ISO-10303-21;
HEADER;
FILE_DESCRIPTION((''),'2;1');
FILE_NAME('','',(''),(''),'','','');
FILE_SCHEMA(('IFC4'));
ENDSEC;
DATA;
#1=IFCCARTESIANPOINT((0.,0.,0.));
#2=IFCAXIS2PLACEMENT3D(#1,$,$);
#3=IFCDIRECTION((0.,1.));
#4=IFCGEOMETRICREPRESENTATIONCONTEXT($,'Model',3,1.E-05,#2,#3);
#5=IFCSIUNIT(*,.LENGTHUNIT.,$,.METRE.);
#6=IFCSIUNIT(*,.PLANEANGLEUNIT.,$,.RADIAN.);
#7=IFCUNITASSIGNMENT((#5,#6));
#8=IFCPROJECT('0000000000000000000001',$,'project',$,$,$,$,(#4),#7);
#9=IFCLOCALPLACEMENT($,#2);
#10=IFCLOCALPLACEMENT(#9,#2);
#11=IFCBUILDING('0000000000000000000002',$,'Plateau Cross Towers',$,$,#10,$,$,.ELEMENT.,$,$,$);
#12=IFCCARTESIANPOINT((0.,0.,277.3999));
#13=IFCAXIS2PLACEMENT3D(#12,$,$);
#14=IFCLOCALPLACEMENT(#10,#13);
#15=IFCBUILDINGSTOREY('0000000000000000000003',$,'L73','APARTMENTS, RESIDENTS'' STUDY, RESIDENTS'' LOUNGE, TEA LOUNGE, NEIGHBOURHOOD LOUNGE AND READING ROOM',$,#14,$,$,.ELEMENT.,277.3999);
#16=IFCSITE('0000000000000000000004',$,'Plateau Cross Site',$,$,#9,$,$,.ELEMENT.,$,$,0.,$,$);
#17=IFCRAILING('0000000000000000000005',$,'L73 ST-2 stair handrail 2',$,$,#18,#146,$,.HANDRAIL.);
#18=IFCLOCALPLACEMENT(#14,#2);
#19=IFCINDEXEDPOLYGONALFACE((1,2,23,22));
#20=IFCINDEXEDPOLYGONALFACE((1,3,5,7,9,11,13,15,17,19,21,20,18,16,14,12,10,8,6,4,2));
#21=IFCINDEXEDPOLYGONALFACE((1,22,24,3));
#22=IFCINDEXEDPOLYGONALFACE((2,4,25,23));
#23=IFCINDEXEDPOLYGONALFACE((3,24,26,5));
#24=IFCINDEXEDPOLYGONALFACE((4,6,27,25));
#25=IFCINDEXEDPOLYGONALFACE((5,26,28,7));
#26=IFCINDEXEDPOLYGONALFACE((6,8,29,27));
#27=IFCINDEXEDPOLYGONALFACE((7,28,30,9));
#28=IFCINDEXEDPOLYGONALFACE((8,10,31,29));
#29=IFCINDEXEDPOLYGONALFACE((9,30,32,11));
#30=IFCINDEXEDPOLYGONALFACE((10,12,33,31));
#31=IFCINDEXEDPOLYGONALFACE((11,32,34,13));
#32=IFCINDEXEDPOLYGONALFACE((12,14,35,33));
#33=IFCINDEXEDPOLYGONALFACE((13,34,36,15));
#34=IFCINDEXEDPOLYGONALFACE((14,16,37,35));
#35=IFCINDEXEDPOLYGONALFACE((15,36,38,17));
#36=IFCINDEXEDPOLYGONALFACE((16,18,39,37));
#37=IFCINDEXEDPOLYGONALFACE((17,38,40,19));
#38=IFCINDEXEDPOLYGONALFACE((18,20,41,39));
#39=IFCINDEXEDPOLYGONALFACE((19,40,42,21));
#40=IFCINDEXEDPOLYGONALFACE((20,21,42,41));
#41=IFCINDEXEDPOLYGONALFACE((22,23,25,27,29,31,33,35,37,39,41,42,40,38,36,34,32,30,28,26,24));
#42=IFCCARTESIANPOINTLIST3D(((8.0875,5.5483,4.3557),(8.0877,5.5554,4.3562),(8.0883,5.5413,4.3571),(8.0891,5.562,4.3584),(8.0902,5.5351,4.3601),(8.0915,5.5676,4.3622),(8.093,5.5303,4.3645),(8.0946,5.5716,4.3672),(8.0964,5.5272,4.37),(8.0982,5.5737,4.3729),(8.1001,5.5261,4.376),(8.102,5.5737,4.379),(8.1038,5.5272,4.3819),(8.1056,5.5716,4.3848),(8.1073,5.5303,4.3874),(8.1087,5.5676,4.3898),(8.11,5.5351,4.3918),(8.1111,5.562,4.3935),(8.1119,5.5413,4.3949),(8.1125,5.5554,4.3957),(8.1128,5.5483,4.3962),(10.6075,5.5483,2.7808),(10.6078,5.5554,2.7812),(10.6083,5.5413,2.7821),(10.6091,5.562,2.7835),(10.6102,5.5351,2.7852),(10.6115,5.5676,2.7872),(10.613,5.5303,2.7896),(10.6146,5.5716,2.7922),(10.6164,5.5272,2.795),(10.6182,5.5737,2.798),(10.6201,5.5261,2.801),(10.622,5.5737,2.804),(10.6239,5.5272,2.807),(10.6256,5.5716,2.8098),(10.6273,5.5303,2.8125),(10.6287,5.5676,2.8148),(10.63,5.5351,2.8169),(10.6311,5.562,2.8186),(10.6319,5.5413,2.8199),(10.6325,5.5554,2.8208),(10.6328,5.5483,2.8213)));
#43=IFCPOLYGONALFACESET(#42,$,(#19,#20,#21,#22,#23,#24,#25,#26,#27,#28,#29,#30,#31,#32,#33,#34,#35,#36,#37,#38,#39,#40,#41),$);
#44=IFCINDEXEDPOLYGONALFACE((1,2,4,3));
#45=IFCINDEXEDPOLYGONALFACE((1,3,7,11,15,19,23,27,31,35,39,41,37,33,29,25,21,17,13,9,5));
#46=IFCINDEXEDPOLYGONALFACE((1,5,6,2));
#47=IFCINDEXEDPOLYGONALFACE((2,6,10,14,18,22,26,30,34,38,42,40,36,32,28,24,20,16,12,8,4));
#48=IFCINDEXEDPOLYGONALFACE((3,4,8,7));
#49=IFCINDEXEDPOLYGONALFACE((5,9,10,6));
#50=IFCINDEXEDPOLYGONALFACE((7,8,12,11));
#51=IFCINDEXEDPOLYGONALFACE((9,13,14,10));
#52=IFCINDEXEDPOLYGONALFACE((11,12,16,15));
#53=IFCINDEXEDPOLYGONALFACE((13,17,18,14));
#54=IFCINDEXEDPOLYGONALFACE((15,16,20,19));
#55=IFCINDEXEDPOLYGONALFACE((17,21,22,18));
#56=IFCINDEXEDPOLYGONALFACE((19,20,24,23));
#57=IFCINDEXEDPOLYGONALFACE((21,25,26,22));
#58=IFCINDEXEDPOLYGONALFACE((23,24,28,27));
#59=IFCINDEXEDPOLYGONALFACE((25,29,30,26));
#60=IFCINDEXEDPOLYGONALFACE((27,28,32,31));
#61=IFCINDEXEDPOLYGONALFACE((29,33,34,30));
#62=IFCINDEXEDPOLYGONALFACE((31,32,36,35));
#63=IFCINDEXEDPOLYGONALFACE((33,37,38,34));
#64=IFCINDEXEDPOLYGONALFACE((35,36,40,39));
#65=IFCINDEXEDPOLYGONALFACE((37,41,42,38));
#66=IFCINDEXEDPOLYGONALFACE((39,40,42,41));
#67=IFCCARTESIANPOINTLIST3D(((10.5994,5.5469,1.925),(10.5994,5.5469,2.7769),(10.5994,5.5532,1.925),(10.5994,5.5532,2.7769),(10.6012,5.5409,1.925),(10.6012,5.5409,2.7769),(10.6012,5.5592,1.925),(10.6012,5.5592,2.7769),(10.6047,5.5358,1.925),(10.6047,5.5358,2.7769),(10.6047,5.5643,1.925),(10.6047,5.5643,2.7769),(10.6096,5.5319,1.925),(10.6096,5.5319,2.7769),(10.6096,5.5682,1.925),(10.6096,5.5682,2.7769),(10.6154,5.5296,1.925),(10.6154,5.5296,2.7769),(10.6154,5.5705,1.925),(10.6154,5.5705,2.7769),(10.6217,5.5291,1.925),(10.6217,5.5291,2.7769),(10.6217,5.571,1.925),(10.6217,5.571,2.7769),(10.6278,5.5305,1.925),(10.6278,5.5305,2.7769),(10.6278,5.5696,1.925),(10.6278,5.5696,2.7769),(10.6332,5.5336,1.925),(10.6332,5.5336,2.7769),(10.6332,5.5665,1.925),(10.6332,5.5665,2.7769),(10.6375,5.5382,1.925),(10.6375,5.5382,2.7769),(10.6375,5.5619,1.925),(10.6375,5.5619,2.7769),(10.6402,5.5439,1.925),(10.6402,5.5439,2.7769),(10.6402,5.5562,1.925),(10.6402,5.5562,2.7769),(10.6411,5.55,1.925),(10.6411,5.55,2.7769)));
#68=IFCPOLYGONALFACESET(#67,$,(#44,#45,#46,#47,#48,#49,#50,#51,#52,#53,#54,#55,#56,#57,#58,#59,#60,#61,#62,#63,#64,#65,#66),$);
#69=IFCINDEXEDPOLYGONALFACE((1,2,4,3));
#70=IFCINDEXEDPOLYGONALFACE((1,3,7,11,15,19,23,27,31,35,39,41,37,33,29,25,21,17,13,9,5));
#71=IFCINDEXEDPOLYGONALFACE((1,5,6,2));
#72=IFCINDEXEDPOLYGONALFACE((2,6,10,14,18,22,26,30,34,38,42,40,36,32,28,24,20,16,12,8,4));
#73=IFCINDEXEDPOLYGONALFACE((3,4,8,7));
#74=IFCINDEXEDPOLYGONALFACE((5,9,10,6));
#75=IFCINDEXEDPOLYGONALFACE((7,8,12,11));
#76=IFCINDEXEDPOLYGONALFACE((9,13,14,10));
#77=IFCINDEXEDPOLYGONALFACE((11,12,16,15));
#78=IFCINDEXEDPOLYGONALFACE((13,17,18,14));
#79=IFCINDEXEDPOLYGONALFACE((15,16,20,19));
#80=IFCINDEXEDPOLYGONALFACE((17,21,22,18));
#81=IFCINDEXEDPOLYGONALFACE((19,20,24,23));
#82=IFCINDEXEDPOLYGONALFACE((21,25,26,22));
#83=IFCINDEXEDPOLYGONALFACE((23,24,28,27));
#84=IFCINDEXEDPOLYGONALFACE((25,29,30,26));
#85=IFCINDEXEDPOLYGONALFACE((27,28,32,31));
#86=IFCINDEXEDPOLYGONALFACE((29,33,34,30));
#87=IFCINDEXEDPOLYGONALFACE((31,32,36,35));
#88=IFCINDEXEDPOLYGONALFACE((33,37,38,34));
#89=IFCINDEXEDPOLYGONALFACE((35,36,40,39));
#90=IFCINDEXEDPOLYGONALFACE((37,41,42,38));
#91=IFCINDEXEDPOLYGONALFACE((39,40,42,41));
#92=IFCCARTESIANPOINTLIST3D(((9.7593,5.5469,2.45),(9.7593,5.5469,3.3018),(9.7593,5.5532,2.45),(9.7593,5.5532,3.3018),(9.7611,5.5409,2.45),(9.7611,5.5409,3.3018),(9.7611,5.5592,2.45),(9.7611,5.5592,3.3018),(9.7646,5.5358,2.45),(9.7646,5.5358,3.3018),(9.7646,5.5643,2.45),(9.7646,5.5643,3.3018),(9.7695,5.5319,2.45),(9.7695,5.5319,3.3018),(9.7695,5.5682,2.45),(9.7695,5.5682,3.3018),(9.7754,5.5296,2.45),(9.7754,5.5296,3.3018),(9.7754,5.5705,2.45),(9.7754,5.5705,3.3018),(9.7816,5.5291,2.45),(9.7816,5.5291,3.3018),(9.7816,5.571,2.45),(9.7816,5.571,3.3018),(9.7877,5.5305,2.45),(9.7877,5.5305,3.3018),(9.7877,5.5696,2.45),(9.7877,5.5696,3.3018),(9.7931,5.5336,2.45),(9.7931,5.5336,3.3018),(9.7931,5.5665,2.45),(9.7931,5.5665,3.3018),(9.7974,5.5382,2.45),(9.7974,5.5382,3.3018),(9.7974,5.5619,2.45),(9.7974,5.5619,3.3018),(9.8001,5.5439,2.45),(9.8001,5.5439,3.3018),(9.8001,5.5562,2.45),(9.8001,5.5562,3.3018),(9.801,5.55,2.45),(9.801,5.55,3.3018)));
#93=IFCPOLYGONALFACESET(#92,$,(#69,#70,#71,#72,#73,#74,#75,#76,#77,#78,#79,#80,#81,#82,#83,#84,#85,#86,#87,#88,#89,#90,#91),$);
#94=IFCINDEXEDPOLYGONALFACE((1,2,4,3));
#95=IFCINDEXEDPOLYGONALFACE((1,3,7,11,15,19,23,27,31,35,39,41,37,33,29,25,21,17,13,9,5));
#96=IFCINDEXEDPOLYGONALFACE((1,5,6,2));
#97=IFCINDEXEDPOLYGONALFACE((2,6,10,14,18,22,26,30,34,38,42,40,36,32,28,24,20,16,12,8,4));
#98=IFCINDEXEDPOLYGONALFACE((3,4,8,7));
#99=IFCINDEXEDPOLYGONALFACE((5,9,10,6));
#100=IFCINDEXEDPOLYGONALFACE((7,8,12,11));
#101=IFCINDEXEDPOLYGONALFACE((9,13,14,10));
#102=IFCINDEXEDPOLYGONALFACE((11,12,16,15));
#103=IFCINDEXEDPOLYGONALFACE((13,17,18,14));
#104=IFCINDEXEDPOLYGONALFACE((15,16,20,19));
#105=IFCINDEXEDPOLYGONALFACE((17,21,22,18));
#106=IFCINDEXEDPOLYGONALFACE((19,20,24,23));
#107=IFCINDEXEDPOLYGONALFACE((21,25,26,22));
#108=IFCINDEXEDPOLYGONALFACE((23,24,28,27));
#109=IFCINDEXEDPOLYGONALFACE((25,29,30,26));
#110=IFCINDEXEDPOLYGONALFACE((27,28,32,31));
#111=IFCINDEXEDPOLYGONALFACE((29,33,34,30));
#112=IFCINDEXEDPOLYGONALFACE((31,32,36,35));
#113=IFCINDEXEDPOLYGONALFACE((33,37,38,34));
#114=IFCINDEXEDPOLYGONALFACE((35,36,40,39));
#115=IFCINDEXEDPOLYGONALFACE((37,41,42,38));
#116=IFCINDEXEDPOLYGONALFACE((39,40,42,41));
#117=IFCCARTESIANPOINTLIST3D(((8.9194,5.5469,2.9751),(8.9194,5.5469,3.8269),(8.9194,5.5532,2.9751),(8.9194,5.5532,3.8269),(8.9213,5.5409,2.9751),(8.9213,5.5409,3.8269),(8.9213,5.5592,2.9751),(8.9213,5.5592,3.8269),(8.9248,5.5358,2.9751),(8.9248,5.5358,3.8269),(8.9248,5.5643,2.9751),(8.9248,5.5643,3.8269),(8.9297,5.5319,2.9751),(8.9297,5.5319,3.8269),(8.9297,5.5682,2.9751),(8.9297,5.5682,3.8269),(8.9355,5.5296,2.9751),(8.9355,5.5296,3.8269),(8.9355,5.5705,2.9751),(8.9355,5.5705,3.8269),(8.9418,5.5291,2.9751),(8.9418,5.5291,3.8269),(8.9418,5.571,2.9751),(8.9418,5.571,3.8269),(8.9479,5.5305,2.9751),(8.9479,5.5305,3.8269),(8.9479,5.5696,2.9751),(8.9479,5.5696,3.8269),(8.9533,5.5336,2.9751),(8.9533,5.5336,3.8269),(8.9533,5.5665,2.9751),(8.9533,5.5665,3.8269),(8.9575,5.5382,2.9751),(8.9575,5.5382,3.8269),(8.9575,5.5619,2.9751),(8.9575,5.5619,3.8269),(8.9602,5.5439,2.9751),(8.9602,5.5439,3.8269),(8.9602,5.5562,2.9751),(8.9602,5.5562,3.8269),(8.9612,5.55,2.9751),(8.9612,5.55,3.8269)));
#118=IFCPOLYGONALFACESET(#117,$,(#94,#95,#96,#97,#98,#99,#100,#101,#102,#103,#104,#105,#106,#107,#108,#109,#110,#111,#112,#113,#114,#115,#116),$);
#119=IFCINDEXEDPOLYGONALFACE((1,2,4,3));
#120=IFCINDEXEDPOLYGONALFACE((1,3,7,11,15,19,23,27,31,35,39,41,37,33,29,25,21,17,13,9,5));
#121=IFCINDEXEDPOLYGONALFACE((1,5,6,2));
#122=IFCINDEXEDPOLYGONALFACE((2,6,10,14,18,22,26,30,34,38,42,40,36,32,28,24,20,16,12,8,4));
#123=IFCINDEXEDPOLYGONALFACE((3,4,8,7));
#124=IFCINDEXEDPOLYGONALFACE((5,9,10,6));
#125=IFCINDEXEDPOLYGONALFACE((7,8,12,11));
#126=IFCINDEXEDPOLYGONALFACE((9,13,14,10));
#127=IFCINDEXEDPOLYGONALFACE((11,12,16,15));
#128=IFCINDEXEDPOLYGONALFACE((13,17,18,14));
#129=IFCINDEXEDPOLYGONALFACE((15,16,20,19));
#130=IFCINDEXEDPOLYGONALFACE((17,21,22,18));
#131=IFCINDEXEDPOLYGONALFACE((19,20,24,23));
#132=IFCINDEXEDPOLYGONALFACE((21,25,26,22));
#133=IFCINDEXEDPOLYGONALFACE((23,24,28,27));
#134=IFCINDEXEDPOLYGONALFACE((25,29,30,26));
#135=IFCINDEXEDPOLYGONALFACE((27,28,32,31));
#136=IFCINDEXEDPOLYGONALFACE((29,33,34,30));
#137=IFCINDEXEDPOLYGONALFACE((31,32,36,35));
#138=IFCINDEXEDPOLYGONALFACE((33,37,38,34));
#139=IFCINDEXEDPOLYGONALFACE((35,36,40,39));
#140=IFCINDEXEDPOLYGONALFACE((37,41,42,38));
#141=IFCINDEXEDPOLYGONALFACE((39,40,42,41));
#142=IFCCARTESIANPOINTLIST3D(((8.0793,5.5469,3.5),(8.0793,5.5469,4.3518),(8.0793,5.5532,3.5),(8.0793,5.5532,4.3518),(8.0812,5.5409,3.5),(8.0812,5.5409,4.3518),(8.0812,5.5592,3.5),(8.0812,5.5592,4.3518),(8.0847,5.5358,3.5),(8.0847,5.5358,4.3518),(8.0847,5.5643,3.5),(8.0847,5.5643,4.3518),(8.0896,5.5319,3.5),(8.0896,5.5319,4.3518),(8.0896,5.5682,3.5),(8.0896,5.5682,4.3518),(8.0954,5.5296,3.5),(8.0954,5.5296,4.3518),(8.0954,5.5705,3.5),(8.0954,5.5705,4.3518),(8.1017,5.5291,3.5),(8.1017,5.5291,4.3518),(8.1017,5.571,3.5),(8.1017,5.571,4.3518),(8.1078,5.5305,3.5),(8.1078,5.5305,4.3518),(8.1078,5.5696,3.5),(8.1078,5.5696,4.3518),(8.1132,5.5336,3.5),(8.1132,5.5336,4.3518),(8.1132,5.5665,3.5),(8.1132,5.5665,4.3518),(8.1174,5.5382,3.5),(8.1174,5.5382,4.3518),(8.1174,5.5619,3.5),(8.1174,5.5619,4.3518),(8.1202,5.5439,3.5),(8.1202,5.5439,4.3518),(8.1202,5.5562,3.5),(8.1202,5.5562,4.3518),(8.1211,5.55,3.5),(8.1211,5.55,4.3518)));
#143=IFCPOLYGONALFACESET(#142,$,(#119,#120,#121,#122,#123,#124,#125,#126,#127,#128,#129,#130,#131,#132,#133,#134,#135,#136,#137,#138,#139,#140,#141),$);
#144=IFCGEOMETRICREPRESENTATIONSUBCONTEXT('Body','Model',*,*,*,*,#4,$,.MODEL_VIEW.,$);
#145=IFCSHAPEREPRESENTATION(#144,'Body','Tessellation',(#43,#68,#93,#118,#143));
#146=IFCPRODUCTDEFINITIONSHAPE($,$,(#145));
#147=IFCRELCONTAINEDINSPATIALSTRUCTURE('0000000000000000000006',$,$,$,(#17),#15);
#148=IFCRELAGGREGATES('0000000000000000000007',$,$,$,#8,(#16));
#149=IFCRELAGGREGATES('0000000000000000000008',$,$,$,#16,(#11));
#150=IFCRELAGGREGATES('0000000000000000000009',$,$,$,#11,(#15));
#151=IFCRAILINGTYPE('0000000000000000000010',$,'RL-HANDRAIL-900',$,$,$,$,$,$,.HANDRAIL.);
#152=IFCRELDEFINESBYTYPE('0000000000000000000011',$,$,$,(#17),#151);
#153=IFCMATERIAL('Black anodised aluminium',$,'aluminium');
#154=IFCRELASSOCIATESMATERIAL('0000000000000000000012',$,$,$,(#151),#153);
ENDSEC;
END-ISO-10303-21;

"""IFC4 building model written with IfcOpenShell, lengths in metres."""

from ifc_helpers import new_model, si_unit, direction, frame, origin, origin_2d, place, context, subcontext, project, spatial, circle, extrude, material, type_object, element, save


model = new_model("IFC4")

# Units and contexts
model_context = context("Model", 3, precision=1e-05, world=origin(), true_north=direction((0.0, 1.0)))
body_context = subcontext(model_context, "Body", "Model", "MODEL_VIEW")
ifc_project = project(units=[si_unit("LENGTHUNIT", "METRE"), si_unit("PLANEANGLEUNIT", "RADIAN")], contexts=[model_context])

# Site, building, storey
site_placement = place(None, origin())
site = spatial("IfcSite", under=ifc_project, at=site_placement, Name="Plateau Cross Site", CompositionType="ELEMENT", RefElevation=0.0)
building_placement = place(site_placement, origin())
building = spatial("IfcBuilding", under=site, at=building_placement, Name="Plateau Cross Towers", CompositionType="ELEMENT")
storey_placement = place(building_placement, frame((0.0, 0.0, 277.3999)))
storey = spatial("IfcBuildingStorey", under=building, at=storey_placement, Name="L73", Description="APARTMENTS, RESIDENTS' STUDY, RESIDENTS' LOUNGE, TEA LOUNGE, NEIGHBOURHOOD LOUNGE AND READING ROOM", CompositionType="ELEMENT", Elevation=277.3999)

# Shared definitions
ifc_material_1 = material(Name="Black anodised aluminium", Category="aluminium")

# Railing
railing_type_1 = type_object("IfcRailingType", Name="RL-HANDRAIL-900", PredefinedType="HANDRAIL", material=ifc_material_1)
railing_1_placement = place(storey_placement, frame((10.6201, 5.55, 1.925)))
element("IfcRailing", 1, at=railing_1_placement, inside=storey, type_object=railing_type_1, Name="L73 ST-2 stair handrail 2", PredefinedType="HANDRAIL", context=body_context, shape_type="SweptSolid", body=[
    extrude(circle(Radius=0.0239, at=origin_2d()), frame((0.0, 0.0, 0.876), z_axis=(-0.848008, 0.0, 0.529984), x_axis=(0.0, -1.0, 0.0)), (0.0, 0.0, 1.0), 2.9717),
    extrude(circle(Radius=0.021, at=origin_2d()), origin(), (0.0, 0.0, 1.0), 0.8518),
    extrude(circle(Radius=0.021, at=origin_2d()), frame((-0.8401, 0.0, 0.5249)), (0.0, 0.0, 1.0), 0.8518),
    extrude(circle(Radius=0.021, at=origin_2d()), frame((-1.6799, 0.0, 1.05)), (0.0, 0.0, 1.0), 0.8518),
    extrude(circle(Radius=0.021, at=origin_2d()), frame((-2.52, 0.0, 1.575)), (0.0, 0.0, 1.0), 0.8518),
])

save(model, "model.ifc")
